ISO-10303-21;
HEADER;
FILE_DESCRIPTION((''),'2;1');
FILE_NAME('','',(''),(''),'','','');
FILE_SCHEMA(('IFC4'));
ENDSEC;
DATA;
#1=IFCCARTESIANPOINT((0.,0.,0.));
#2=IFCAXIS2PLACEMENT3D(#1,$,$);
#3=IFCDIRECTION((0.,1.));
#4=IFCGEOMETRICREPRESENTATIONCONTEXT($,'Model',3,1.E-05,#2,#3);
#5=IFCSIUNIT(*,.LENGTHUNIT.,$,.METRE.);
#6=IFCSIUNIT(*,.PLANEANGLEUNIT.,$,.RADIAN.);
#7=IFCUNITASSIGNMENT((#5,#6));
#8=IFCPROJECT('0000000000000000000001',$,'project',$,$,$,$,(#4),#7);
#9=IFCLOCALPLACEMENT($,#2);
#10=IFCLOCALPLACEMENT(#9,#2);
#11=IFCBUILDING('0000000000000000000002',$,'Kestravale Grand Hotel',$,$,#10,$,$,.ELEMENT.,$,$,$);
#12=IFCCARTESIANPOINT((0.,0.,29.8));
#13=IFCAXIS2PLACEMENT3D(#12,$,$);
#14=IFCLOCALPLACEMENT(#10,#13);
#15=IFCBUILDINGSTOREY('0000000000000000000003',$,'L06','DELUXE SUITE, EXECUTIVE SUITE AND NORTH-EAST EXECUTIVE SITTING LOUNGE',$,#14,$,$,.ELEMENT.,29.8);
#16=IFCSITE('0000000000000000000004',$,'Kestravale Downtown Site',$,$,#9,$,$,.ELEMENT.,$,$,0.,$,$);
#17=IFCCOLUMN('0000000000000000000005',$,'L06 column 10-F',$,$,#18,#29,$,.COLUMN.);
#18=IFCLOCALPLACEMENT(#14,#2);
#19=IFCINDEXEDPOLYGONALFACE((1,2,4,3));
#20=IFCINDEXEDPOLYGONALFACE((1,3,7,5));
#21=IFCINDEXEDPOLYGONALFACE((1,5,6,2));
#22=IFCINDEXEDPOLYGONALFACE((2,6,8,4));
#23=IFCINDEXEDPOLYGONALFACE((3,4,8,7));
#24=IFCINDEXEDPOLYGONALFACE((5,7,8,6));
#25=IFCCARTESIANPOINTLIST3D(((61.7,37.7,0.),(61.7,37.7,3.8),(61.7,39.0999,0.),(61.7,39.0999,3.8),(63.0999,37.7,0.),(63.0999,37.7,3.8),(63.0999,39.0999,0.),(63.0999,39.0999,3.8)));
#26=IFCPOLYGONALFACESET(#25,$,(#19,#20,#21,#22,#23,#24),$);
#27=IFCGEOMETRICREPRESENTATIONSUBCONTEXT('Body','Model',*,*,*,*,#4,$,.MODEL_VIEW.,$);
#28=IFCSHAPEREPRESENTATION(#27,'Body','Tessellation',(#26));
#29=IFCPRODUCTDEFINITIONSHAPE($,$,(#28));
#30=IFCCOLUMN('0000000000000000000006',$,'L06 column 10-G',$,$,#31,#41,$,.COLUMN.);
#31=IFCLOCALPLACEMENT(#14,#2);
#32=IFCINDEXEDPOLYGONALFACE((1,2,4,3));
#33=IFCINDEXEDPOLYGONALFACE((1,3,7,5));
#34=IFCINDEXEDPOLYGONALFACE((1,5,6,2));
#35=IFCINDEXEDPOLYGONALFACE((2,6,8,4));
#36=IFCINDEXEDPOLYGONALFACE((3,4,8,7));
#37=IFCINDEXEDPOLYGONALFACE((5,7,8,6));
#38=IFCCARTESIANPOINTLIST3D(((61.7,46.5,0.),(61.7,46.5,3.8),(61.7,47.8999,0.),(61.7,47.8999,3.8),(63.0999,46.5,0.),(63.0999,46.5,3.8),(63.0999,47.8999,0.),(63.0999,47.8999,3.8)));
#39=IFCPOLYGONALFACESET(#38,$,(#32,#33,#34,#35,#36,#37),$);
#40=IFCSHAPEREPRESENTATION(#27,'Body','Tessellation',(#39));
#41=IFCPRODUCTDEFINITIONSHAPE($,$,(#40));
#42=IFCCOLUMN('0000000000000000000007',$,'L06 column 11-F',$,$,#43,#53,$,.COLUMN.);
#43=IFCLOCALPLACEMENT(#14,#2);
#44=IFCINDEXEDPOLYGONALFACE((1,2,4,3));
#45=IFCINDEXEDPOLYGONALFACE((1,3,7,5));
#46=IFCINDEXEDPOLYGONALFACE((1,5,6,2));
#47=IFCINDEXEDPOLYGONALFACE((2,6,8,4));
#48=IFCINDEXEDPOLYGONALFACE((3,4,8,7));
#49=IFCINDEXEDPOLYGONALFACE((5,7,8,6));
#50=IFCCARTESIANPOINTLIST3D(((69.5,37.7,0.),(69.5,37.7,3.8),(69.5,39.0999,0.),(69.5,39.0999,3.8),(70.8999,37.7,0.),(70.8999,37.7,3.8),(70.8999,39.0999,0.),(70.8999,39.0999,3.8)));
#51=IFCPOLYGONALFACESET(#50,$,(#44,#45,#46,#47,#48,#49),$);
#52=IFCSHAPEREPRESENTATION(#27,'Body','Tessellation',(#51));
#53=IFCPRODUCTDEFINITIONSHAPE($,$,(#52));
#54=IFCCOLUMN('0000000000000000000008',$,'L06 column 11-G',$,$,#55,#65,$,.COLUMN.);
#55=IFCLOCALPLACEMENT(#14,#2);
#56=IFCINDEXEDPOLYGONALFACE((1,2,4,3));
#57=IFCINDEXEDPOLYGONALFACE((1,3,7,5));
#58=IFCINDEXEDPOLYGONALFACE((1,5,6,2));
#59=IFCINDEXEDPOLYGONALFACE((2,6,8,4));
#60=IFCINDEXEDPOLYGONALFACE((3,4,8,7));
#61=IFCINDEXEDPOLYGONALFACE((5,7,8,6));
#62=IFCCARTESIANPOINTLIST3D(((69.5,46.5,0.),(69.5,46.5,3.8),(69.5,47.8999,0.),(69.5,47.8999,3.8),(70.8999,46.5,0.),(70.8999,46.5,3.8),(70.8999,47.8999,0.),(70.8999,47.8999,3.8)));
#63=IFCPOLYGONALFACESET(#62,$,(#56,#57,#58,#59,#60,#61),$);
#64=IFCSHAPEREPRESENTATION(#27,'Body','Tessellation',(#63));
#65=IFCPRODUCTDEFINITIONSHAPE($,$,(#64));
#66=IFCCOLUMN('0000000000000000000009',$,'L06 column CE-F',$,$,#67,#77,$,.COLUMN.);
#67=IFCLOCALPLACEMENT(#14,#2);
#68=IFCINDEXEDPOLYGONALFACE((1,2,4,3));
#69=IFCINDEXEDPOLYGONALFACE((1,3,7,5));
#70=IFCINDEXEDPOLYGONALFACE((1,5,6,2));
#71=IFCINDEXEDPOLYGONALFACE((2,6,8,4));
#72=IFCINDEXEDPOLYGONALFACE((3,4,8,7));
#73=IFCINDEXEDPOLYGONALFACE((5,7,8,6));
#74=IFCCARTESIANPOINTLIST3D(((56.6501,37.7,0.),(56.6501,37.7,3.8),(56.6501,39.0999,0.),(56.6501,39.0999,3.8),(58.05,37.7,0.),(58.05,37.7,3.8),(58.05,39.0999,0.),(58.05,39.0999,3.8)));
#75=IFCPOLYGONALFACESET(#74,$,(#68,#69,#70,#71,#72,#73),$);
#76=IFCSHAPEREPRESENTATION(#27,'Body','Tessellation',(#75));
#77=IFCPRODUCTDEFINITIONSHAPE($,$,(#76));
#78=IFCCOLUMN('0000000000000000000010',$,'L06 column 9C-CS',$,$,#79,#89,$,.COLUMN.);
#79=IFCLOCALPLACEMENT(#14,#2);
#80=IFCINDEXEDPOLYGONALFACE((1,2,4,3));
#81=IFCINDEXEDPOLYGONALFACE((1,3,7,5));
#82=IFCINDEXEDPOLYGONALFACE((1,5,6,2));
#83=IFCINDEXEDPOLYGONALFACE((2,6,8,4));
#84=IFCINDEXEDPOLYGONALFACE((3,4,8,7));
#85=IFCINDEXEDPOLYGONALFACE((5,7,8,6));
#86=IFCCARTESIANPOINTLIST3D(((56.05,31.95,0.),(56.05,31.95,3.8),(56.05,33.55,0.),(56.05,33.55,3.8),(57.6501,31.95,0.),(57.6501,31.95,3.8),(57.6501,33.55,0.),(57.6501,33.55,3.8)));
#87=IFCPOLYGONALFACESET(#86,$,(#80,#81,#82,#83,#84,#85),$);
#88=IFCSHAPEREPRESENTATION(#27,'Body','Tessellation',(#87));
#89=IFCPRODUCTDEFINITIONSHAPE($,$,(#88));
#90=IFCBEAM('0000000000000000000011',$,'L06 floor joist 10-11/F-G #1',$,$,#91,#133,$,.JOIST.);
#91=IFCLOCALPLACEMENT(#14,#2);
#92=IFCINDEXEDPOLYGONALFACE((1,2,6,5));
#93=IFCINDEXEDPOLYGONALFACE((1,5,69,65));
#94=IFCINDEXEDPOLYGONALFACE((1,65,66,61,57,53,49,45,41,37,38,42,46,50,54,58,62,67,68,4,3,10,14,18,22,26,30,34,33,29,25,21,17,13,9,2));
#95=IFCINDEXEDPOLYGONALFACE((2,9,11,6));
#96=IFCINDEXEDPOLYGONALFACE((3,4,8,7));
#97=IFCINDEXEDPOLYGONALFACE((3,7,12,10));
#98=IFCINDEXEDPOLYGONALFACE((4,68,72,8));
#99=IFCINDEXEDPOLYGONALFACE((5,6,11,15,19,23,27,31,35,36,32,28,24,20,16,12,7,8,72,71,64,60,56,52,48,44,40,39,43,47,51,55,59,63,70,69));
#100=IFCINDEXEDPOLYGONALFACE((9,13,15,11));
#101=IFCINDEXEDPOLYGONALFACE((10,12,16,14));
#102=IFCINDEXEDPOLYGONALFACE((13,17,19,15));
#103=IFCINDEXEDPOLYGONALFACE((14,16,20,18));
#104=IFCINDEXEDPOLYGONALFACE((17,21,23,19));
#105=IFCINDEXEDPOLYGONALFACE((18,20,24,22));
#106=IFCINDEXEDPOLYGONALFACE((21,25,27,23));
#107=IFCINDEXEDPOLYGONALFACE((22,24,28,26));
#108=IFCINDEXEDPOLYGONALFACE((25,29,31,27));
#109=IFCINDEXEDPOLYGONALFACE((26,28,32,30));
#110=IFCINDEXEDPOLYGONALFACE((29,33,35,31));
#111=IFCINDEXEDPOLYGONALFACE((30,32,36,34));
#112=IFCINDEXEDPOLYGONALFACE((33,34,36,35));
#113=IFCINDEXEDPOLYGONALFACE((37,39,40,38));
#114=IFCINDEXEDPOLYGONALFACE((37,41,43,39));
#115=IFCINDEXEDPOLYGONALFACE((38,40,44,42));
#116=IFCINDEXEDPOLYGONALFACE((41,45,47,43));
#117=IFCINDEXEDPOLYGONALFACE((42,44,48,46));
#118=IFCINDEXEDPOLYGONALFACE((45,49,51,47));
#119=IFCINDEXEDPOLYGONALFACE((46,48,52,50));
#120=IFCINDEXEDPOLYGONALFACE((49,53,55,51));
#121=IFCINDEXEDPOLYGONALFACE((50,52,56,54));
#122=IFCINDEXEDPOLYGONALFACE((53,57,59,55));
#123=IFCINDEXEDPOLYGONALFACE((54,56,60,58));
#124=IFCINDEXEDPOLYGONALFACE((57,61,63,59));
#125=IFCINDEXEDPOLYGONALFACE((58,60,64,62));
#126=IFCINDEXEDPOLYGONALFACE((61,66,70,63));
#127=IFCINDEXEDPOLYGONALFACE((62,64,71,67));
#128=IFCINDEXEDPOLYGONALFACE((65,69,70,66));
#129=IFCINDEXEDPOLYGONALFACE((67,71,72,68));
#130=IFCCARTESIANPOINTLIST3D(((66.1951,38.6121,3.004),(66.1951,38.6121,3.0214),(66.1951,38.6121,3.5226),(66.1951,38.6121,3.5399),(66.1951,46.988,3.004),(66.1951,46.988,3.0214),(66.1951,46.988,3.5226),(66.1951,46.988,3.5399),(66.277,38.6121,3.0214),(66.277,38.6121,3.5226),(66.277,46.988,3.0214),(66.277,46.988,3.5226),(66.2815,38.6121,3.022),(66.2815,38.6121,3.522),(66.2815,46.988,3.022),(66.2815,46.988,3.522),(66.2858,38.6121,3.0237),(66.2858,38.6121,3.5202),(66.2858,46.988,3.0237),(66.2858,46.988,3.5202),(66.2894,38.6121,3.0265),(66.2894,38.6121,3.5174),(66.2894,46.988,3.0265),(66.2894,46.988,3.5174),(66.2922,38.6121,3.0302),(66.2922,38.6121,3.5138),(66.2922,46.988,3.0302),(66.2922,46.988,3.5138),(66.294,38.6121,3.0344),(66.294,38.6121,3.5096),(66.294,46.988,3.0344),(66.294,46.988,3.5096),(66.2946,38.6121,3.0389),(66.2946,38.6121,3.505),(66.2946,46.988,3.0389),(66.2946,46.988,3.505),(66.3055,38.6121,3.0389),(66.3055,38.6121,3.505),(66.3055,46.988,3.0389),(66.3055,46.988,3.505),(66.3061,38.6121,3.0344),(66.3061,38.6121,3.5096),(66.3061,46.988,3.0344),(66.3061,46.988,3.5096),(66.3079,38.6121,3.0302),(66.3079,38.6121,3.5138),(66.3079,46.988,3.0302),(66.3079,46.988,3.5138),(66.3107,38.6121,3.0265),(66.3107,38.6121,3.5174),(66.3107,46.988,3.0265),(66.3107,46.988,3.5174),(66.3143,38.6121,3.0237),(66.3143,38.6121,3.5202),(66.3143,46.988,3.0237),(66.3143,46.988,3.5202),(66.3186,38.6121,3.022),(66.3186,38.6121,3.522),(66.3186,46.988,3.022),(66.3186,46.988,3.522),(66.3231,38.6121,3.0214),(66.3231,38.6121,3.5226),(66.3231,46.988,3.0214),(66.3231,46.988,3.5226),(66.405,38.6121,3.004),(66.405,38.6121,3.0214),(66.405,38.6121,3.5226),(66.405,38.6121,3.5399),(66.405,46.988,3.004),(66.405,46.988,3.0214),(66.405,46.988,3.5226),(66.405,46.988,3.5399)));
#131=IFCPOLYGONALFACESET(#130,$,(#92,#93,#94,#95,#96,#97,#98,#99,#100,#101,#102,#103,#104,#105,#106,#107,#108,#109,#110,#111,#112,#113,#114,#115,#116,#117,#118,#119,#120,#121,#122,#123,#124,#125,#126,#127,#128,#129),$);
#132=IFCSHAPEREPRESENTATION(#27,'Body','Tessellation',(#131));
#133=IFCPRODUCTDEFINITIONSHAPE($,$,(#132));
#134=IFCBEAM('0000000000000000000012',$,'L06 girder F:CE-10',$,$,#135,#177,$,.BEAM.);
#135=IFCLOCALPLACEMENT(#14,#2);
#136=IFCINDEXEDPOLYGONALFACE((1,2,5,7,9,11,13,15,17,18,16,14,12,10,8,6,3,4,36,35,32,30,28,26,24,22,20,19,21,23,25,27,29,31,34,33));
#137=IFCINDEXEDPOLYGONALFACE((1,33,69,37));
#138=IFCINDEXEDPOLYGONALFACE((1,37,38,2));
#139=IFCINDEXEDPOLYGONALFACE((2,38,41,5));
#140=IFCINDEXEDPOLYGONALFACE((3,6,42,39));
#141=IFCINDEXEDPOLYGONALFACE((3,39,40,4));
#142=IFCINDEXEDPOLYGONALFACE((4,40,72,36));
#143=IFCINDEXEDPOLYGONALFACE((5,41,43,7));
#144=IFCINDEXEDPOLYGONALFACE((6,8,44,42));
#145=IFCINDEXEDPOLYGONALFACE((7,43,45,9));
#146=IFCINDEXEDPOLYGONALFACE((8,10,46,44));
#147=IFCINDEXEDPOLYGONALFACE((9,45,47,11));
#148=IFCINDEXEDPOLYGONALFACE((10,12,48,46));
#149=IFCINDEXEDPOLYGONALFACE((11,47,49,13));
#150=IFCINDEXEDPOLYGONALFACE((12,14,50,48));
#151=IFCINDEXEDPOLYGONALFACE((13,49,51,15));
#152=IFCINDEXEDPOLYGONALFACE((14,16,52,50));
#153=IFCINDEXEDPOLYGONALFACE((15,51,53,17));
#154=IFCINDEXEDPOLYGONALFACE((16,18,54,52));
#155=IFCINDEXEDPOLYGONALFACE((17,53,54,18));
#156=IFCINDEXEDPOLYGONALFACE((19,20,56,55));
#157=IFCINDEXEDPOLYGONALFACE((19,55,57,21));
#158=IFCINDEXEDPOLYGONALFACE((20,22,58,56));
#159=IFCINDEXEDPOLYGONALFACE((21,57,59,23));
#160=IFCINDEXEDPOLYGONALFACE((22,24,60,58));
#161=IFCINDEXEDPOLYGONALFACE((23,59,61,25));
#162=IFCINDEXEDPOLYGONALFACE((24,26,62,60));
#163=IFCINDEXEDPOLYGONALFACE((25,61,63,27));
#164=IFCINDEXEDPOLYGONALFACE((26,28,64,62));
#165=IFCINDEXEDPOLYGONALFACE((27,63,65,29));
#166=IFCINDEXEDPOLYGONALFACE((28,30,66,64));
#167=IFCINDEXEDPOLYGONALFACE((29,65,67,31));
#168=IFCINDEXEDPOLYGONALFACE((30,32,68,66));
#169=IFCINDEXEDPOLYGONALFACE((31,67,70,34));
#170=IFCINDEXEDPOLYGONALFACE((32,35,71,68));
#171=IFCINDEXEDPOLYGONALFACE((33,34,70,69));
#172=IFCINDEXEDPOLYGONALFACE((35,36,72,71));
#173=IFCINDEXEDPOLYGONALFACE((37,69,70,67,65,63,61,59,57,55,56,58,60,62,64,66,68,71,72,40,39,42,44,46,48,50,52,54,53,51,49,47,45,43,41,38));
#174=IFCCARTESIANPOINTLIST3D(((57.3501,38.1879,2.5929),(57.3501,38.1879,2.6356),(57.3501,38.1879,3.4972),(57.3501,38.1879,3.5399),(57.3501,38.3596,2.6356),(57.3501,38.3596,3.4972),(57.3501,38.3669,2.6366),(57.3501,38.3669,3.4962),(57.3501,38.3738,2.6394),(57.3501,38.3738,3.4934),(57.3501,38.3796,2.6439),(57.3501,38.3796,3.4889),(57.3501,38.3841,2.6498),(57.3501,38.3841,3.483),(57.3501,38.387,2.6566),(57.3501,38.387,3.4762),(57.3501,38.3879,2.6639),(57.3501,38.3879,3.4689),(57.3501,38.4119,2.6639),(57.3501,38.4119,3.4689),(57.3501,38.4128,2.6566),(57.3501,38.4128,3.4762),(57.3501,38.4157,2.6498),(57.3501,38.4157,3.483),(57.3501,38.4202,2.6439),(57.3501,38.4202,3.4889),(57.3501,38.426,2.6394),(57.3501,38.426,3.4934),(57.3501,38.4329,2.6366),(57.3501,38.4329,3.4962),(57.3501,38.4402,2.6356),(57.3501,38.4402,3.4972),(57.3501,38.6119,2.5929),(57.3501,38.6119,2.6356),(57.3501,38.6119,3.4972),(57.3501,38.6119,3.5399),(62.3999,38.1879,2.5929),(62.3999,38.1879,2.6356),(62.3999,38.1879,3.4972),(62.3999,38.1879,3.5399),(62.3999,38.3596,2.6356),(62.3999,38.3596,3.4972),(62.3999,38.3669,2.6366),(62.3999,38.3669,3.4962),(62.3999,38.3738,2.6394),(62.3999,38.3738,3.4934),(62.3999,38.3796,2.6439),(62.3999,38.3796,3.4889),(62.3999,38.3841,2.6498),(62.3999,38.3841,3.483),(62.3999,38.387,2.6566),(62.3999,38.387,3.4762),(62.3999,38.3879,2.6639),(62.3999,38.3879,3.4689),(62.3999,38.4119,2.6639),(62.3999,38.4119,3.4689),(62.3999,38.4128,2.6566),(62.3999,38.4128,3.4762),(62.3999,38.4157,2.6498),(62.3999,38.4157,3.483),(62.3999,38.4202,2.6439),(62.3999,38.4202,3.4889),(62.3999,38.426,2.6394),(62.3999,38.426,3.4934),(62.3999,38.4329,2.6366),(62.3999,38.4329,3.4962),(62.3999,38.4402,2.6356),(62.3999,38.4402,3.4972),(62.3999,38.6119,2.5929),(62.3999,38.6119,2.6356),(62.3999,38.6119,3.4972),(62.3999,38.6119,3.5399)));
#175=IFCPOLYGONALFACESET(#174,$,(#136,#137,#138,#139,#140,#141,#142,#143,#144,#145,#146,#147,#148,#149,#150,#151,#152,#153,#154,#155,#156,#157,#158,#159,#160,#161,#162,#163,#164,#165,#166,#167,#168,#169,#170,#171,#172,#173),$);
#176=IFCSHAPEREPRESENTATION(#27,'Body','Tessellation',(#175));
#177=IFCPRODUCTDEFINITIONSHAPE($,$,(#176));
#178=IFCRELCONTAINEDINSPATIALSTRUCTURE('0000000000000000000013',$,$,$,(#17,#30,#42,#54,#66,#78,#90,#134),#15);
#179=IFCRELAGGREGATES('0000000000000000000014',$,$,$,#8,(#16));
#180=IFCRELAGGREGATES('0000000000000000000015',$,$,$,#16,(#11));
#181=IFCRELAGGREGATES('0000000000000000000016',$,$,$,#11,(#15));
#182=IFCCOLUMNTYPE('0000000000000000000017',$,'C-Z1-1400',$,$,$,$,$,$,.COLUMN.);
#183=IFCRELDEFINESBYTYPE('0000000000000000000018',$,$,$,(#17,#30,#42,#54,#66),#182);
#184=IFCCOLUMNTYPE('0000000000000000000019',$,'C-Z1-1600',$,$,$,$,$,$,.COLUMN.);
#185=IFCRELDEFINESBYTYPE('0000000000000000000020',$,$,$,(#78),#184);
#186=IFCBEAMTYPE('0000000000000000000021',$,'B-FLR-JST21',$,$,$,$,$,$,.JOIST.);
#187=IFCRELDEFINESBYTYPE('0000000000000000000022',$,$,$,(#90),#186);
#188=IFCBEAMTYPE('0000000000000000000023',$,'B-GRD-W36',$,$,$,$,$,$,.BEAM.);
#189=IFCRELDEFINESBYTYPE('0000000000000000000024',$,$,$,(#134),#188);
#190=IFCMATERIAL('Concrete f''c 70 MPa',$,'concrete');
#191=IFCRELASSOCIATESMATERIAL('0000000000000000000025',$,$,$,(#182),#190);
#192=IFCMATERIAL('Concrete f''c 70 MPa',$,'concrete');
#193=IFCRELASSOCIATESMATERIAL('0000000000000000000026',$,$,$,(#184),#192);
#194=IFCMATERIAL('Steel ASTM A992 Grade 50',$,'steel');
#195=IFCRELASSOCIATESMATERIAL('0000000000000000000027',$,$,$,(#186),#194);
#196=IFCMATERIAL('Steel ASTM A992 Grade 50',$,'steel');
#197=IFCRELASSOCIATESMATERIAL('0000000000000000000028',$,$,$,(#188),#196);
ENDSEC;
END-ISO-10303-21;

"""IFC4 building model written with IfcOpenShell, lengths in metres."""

from ifc_helpers import new_model, si_unit, direction, frame, origin, origin_2d, place, context, subcontext, project, spatial, rectangle, i_section, extrude, material, material_profile, profile_set, type_object, element, save


model = new_model("IFC4")

# Units and contexts
model_context = context("Model", 3, precision=1e-05, world=origin(), true_north=direction((0.0, 1.0)))
body_context = subcontext(model_context, "Body", "Model", "MODEL_VIEW")
ifc_project = project(units=[si_unit("LENGTHUNIT", "METRE"), si_unit("PLANEANGLEUNIT", "RADIAN")], contexts=[model_context])

# Site, building, storey
site_placement = place(None, origin())
site = spatial("IfcSite", under=ifc_project, at=site_placement, Name="Kestravale Downtown Site", CompositionType="ELEMENT", RefElevation=0.0)
building_placement = place(site_placement, origin())
building = spatial("IfcBuilding", under=site, at=building_placement, Name="Kestravale Grand Hotel", CompositionType="ELEMENT")
storey_placement = place(building_placement, frame((0.0, 0.0, 29.8)))
storey = spatial("IfcBuildingStorey", under=building, at=storey_placement, Name="L06", Description="DELUXE SUITE, EXECUTIVE SUITE AND NORTH-EAST EXECUTIVE SITTING LOUNGE", CompositionType="ELEMENT", Elevation=29.8)

# Columns
ifc_material_1 = material(Name="Concrete f'c 70 MPa", Category="concrete")
ifc_material_profile_1 = material_profile(ifc_material_1, rectangle(XDim=1.3999, YDim=1.3999, at=origin_2d()))
ifc_profile_set_1 = profile_set([ifc_material_profile_1], Name="Concrete f'c 70 MPa")
column_type_1 = type_object("IfcColumnType", Name="C-Z1-1400", PredefinedType="COLUMN", material=ifc_profile_set_1)
for number, where, z_axis, x_axis, name in (
    (1, (62.3999, 38.3999, 0.0), (0.0, 0.0, 1.0), (1.0, 0.0, 0.0), "L06 column 10-F"),
    (2, (62.3999, 47.2, 0.0), (0.0, 0.0, 1.0), (1.0, 0.0, 0.0), "L06 column 10-G"),
    (3, (70.2, 38.3999, 0.0), (0.0, 0.0, 1.0), (1.0, 0.0, 0.0), "L06 column 11-F"),
    (4, (70.2, 47.2, 0.0), (0.0, 0.0, 1.0), (1.0, 0.0, 0.0), "L06 column 11-G"),
    (5, (57.3501, 38.3999, 0.0), (0.0, 0.0, 1.0), (1.0, 0.0, 0.0), "L06 column CE-F"),
):
    element("IfcColumn", number, at=place(storey_placement, frame(where, z_axis=z_axis, x_axis=x_axis)), inside=storey, type_object=column_type_1, Name=name, PredefinedType="COLUMN", context=body_context, shape_type="SweptSolid", body=[
        extrude(rectangle(XDim=1.3999, YDim=1.3999, at=origin_2d()), origin(), (0.0, 0.0, 1.0), 3.8),
    ])
ifc_material_2 = material(Name="Concrete f'c 70 MPa", Category="concrete")
ifc_material_profile_2 = material_profile(ifc_material_2, rectangle(XDim=1.6001, YDim=1.6001, at=origin_2d()))
ifc_profile_set_2 = profile_set([ifc_material_profile_2], Name="Concrete f'c 70 MPa")
column_type_2 = type_object("IfcColumnType", Name="C-Z1-1600", PredefinedType="COLUMN", material=ifc_profile_set_2)
column_placement = place(storey_placement, frame((56.8501, 32.75, 0.0), z_axis=(0.0, 0.0, 1.0), x_axis=(1.0, 0.0, 0.0)))
element("IfcColumn", 6, at=column_placement, inside=storey, type_object=column_type_2, Name="L06 column 9C-CS", PredefinedType="COLUMN", context=body_context, shape_type="SweptSolid", body=[
    extrude(rectangle(XDim=1.6001, YDim=1.6001, at=origin_2d()), origin(), (0.0, 0.0, 1.0), 3.8),
])

# Beams
ifc_material_3 = material(Name="Steel ASTM A992 Grade 50", Category="steel")
ifc_material_profile_3 = material_profile(ifc_material_3, i_section(OverallWidth=0.21, OverallDepth=0.5359, WebThickness=0.011, FlangeThickness=0.0173, FilletRadius=0.0176, at=origin_2d()))
ifc_profile_set_3 = profile_set([ifc_material_profile_3], Name="Steel ASTM A992 Grade 50")
beam_type_1 = type_object("IfcBeamType", Name="B-FLR-JST21", PredefinedType="JOIST", material=ifc_profile_set_3)
beam_1_placement = place(storey_placement, frame((66.3, 38.6121, 3.272), z_axis=(0.0, 1.0, 0.0), x_axis=(-1.0, 0.0, 0.0)))
element("IfcBeam", 7, at=beam_1_placement, inside=storey, type_object=beam_type_1, Name="L06 floor joist 10-11/F-G #1", PredefinedType="JOIST", context=body_context, shape_type="SweptSolid", body=[
    extrude(i_section(OverallWidth=0.21, OverallDepth=0.5359, WebThickness=0.011, FlangeThickness=0.0173, FilletRadius=0.0176, at=origin_2d()), origin(), (0.0, 0.0, 1.0), 8.376),
])
ifc_material_4 = material(Name="Steel ASTM A992 Grade 50", Category="steel")
ifc_material_profile_4 = material_profile(ifc_material_4, i_section(OverallWidth=0.4241, OverallDepth=0.947, WebThickness=0.0239, FlangeThickness=0.0427, FilletRadius=0.0283, at=origin_2d()))
ifc_profile_set_4 = profile_set([ifc_material_profile_4], Name="Steel ASTM A992 Grade 50")
beam_type_2 = type_object("IfcBeamType", Name="B-GRD-W36", PredefinedType="BEAM", material=ifc_profile_set_4)
beam_2_placement = place(storey_placement, frame((57.3501, 38.3999, 3.0664), z_axis=(1.0, 0.0, 0.0), x_axis=(0.0, 1.0, 0.0)))
element("IfcBeam", 8, at=beam_2_placement, inside=storey, type_object=beam_type_2, Name="L06 girder F:CE-10", PredefinedType="BEAM", context=body_context, shape_type="SweptSolid", body=[
    extrude(i_section(OverallWidth=0.4241, OverallDepth=0.947, WebThickness=0.0239, FlangeThickness=0.0427, FilletRadius=0.0283, at=origin_2d()), origin(), (0.0, 0.0, 1.0), 5.0498),
])

save(model, "model.ifc")
